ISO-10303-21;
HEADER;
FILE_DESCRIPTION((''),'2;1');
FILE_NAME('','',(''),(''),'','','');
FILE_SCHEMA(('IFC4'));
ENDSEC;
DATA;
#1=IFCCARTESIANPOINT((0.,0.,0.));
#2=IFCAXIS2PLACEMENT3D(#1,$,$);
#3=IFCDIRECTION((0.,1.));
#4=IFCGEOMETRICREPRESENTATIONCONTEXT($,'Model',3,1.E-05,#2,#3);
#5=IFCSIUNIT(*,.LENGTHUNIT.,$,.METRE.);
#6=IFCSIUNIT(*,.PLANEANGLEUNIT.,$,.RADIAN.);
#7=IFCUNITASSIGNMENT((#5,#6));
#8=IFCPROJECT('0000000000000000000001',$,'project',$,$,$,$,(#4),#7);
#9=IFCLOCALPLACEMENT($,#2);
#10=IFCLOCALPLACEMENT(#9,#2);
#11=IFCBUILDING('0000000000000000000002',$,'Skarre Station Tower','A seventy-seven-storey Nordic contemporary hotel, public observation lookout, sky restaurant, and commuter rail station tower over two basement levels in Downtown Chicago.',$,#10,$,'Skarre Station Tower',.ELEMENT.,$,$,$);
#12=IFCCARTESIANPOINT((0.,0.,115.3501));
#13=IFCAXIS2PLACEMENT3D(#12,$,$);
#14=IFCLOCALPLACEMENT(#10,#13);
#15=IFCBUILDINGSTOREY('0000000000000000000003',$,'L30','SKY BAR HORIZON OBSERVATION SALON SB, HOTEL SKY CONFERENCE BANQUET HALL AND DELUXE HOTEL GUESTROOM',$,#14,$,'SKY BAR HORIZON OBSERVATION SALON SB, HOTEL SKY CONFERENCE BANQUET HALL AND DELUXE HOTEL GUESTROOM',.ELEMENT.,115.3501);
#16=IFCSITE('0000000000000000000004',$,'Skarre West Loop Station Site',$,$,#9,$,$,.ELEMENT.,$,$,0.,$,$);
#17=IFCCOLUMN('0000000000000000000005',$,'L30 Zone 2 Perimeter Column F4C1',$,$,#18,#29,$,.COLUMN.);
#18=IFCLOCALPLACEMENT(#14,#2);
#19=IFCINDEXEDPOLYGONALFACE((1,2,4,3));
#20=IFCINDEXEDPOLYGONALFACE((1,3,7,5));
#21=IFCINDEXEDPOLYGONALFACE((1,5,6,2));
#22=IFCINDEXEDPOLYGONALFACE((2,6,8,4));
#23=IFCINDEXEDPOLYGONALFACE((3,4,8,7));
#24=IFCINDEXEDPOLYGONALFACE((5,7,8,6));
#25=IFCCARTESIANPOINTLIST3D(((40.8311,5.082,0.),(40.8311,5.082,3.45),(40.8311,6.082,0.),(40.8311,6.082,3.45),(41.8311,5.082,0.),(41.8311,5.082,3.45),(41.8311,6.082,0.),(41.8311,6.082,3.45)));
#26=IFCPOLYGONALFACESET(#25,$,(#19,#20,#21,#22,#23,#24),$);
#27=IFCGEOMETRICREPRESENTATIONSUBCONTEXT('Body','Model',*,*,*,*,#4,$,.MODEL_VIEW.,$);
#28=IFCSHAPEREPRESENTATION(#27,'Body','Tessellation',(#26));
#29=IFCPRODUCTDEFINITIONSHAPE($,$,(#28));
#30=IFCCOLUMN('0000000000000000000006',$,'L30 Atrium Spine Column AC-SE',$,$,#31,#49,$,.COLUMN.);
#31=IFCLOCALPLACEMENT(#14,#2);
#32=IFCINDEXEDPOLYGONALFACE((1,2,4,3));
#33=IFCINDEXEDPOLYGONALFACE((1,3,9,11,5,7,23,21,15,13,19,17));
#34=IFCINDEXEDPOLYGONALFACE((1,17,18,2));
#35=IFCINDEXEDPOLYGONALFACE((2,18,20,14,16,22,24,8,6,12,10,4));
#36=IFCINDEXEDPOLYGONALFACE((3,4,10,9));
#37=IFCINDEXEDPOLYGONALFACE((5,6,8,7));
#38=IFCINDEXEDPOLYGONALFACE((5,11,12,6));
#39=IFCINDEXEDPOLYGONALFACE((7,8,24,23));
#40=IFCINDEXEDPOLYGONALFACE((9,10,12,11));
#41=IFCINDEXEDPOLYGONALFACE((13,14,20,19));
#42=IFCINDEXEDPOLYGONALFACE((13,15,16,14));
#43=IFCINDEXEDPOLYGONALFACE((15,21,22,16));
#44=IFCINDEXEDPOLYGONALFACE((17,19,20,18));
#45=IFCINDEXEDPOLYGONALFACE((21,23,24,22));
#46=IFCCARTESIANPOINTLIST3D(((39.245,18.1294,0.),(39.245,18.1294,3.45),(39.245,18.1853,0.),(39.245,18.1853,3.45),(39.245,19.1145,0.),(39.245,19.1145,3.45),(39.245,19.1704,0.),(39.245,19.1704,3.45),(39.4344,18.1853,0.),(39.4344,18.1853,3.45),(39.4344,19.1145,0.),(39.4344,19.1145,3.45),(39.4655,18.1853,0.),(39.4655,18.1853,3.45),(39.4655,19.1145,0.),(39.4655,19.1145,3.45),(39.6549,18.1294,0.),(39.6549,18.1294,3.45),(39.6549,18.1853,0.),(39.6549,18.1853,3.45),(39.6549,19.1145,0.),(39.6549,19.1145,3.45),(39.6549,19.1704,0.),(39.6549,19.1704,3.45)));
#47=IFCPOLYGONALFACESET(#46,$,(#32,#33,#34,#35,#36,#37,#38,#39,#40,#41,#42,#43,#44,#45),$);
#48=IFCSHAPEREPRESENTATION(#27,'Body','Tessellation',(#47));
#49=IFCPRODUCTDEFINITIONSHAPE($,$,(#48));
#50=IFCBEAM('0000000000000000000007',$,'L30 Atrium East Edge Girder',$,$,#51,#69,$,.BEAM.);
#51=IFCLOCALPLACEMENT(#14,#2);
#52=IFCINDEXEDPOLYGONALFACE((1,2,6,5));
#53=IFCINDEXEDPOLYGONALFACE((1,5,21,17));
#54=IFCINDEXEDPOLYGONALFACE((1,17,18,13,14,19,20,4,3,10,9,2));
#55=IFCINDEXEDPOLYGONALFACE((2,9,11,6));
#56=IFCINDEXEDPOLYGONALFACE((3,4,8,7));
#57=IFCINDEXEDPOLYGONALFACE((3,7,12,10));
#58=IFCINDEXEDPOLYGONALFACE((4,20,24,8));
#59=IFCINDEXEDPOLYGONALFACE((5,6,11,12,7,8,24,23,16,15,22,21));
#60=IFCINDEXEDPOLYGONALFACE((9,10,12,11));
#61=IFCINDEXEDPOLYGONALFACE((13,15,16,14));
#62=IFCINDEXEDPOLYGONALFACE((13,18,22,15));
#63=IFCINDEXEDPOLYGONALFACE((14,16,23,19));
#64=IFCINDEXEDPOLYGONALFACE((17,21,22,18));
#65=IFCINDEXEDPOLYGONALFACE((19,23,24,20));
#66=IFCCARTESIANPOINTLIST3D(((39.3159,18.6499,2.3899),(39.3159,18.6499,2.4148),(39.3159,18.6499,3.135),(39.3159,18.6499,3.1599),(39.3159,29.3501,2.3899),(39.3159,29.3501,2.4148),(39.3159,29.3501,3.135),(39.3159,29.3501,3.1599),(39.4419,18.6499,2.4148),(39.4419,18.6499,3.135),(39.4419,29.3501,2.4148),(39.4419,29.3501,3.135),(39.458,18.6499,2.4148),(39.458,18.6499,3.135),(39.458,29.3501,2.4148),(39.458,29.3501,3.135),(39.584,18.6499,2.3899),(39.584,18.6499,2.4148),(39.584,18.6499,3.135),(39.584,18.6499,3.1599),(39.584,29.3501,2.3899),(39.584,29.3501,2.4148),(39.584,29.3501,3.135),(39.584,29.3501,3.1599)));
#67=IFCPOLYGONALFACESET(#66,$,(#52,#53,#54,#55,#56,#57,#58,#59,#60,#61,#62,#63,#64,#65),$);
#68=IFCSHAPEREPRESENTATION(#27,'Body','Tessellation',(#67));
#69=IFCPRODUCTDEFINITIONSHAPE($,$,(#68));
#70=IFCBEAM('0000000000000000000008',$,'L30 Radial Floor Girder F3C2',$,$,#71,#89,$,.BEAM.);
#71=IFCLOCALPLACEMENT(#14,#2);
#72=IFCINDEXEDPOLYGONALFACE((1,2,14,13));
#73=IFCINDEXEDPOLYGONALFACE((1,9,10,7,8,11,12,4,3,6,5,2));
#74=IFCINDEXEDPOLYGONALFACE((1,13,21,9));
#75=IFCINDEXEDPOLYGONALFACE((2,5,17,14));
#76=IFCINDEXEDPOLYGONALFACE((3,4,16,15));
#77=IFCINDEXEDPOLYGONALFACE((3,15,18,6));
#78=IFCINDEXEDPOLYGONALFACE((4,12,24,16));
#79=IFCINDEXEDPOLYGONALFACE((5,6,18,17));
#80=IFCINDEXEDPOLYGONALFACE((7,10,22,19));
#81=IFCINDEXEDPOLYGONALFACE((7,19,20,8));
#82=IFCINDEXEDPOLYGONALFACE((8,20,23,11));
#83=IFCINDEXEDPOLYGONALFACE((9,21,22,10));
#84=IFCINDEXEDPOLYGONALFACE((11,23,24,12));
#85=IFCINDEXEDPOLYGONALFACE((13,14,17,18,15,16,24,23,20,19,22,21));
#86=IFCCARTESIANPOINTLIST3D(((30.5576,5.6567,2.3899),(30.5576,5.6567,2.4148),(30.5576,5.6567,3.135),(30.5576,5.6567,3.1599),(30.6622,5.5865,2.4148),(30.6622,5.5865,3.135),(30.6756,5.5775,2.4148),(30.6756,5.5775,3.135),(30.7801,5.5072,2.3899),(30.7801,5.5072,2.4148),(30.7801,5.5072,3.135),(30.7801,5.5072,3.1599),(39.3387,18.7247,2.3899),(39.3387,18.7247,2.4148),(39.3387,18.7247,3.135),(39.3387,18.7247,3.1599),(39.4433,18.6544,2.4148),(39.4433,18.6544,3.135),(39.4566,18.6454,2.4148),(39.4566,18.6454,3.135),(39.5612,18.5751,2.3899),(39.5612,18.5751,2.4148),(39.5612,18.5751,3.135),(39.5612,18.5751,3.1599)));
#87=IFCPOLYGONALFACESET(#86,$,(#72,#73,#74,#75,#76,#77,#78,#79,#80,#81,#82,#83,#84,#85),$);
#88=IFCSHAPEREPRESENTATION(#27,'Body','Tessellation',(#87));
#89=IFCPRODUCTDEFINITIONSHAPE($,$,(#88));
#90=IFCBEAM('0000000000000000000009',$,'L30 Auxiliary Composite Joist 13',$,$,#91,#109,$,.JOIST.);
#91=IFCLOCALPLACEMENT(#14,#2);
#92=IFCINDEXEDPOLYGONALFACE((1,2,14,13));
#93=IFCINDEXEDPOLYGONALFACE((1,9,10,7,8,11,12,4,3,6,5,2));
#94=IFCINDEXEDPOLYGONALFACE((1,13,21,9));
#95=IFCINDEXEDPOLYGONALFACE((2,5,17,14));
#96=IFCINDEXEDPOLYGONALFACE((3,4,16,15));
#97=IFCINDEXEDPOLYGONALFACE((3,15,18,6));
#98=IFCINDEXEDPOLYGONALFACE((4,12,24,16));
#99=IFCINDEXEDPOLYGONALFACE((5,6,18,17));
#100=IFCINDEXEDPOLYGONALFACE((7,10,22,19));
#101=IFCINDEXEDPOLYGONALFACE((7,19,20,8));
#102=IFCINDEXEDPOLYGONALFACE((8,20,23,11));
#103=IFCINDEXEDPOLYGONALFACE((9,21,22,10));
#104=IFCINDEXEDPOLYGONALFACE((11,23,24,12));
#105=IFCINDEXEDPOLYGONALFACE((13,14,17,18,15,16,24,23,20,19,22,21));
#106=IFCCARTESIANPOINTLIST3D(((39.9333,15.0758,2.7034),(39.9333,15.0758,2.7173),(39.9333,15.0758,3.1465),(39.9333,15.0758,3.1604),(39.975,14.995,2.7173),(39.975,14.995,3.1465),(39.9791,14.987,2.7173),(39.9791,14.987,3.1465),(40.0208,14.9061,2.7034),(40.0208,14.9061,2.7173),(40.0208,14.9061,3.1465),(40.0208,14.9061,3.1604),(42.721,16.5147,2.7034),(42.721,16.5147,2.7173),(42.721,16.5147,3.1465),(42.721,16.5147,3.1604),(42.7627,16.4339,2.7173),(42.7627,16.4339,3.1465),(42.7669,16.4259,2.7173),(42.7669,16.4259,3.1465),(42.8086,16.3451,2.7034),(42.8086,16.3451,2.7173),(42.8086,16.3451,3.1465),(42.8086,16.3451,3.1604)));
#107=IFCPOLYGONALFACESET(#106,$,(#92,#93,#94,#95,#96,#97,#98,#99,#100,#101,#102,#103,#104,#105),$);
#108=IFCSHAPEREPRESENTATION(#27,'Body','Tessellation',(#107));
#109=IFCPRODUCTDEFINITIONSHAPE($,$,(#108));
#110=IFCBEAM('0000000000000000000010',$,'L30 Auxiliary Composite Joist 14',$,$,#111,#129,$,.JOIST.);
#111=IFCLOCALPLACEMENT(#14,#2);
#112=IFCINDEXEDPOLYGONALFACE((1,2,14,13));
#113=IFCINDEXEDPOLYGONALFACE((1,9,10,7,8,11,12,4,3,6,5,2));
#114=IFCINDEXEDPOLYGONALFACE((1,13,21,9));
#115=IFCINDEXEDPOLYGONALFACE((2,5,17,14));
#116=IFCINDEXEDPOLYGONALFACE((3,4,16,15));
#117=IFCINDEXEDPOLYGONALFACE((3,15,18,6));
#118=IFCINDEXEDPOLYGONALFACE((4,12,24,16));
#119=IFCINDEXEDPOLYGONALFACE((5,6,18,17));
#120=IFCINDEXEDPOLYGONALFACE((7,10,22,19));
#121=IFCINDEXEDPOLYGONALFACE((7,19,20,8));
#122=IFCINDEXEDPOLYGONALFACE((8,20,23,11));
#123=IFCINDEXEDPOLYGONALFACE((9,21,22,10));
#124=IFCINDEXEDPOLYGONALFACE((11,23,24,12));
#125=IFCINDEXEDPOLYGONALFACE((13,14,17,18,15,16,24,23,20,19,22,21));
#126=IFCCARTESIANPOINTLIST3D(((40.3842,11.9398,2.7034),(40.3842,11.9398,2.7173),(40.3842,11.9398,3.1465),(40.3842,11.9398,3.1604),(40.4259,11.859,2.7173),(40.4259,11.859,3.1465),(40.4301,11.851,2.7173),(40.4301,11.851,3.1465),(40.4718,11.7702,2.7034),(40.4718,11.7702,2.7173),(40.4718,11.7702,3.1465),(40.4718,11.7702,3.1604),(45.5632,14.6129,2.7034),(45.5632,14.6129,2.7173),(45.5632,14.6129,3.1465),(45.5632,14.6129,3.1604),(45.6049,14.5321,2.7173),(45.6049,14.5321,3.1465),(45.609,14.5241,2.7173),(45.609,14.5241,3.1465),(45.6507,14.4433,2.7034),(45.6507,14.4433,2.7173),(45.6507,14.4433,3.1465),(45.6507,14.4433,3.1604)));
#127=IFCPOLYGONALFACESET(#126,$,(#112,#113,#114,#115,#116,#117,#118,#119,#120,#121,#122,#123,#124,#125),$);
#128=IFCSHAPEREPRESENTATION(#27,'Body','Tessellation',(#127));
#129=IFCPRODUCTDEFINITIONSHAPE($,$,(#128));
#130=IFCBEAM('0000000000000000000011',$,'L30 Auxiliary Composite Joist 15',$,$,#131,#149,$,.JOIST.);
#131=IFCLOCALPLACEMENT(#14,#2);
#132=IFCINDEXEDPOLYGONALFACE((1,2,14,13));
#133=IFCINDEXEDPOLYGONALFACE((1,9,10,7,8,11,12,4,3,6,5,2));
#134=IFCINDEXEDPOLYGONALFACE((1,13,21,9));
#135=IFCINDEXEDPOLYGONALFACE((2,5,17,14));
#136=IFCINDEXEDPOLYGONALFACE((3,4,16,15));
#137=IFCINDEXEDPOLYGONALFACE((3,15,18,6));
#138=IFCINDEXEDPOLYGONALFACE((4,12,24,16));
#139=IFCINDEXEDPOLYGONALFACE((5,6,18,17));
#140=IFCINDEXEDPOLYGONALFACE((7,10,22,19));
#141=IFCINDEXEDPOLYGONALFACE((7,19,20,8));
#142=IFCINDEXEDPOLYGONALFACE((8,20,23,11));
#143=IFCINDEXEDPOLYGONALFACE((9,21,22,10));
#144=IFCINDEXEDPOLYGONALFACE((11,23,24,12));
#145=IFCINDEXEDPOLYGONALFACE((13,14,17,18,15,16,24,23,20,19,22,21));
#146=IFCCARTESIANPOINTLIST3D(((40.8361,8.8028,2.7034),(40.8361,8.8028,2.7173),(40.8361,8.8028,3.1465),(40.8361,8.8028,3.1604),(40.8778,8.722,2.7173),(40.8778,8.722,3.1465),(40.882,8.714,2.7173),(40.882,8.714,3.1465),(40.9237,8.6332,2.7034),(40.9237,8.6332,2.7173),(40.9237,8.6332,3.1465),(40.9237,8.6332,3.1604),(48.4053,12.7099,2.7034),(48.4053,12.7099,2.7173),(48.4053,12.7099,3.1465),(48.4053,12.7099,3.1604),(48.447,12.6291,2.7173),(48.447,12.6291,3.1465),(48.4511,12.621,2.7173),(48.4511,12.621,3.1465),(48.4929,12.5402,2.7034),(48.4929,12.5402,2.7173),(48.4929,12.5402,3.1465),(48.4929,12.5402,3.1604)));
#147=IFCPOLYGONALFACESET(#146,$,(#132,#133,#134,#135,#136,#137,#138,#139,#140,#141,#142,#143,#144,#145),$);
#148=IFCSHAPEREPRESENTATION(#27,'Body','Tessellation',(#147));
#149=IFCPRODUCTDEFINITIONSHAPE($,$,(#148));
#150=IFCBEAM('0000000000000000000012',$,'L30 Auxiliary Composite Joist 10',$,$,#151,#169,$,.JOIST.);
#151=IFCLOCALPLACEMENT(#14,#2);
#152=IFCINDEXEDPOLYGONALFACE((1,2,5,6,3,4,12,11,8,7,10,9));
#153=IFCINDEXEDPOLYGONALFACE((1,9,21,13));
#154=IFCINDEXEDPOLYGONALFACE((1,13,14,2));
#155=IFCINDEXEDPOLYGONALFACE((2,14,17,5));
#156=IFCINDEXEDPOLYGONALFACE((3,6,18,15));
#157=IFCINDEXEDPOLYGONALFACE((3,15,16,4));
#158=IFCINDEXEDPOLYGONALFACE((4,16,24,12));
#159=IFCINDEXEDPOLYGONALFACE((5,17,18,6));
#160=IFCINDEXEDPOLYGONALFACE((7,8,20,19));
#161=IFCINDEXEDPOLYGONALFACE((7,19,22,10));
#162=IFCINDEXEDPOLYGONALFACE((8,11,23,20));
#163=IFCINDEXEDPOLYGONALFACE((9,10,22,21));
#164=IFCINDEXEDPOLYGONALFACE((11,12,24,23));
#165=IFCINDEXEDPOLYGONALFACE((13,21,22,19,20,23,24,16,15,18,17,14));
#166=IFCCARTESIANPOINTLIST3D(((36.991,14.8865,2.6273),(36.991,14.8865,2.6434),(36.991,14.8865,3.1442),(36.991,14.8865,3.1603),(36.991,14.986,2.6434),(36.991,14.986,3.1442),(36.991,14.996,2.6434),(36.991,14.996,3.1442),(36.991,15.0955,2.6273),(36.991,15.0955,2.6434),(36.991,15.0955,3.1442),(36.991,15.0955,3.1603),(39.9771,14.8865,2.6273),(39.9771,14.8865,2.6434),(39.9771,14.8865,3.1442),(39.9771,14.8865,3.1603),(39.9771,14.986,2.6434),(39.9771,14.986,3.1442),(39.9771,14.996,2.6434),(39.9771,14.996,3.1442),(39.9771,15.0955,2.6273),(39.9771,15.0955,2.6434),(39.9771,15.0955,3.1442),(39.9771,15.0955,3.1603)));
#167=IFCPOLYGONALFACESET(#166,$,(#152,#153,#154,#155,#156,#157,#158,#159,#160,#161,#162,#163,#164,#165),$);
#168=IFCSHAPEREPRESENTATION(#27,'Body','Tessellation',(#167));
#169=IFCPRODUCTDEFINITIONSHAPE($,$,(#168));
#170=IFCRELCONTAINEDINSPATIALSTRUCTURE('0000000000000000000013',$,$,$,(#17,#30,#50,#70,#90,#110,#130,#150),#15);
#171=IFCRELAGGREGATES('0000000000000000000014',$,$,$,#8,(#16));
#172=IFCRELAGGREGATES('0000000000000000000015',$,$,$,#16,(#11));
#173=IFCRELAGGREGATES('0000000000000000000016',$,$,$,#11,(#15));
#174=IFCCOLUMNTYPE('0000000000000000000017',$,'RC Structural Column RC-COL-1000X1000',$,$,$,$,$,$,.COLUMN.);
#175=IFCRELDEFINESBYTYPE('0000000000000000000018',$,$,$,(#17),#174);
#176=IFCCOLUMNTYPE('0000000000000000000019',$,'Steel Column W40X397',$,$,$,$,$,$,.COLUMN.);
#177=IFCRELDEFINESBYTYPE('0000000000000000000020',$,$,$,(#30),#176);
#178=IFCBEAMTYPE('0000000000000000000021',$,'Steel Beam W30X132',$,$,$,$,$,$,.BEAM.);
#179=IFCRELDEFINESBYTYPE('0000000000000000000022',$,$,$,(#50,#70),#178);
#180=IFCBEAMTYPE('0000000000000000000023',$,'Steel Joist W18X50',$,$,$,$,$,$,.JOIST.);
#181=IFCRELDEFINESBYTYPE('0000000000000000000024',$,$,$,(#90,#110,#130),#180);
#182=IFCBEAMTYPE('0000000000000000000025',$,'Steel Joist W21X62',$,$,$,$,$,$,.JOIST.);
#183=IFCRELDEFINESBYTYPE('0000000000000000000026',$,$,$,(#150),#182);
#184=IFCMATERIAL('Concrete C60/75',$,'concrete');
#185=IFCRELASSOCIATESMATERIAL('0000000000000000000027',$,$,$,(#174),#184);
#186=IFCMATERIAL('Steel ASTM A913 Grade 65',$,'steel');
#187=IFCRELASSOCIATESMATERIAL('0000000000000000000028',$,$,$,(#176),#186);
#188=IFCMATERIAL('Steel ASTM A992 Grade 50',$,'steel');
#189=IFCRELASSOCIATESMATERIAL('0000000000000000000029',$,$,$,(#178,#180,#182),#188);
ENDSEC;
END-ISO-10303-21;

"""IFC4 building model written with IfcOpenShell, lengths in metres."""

from ifc_helpers import new_model, si_unit, direction, frame, origin, origin_2d, place, context, subcontext, project, spatial, rectangle, i_section, extrude, material, material_profile, profile_set, type_object, element, save


model = new_model("IFC4")

# Units and contexts
model_context = context("Model", 3, precision=1e-05, world=origin(), true_north=direction((0.0, 1.0)))
body_context = subcontext(model_context, "Body", "Model", "MODEL_VIEW")
ifc_project = project(units=[si_unit("LENGTHUNIT", "METRE"), si_unit("PLANEANGLEUNIT", "RADIAN")], contexts=[model_context])

# Site, building, storey
site_placement = place(None, origin())
site = spatial("IfcSite", under=ifc_project, at=site_placement, Name="Skarre West Loop Station Site", CompositionType="ELEMENT", RefElevation=0.0)
building_placement = place(site_placement, origin())
building = spatial("IfcBuilding", under=site, at=building_placement, Name="Skarre Station Tower", Description="A seventy-seven-storey Nordic contemporary hotel, public observation lookout, sky restaurant, and commuter rail station tower over two basement levels in Downtown Chicago.", LongName="Skarre Station Tower", CompositionType="ELEMENT")
storey_placement = place(building_placement, frame((0.0, 0.0, 115.3501)))
storey = spatial("IfcBuildingStorey", under=building, at=storey_placement, Name="L30", Description="SKY BAR HORIZON OBSERVATION SALON SB, HOTEL SKY CONFERENCE BANQUET HALL AND DELUXE HOTEL GUESTROOM", LongName="SKY BAR HORIZON OBSERVATION SALON SB, HOTEL SKY CONFERENCE BANQUET HALL AND DELUXE HOTEL GUESTROOM", CompositionType="ELEMENT", Elevation=115.3501)

# Columns
ifc_material_1 = material(Name="Concrete C60/75", Category="concrete")
ifc_material_profile_1 = material_profile(ifc_material_1, rectangle(XDim=1.0, YDim=1.0, at=origin_2d()), Name="Concrete C60/75")
ifc_profile_set_1 = profile_set([ifc_material_profile_1], Name="Concrete C60/75")
column_type_1 = type_object("IfcColumnType", Name="RC Structural Column RC-COL-1000X1000", PredefinedType="COLUMN", material=ifc_profile_set_1)
column_1_placement = place(storey_placement, frame((41.3311, 5.582, 0.0), z_axis=(0.0, 0.0, 1.0), x_axis=(1.0, 0.0, 0.0)))
element("IfcColumn", 1, at=column_1_placement, inside=storey, type_object=column_type_1, Name="L30 Zone 2 Perimeter Column F4C1", PredefinedType="COLUMN", context=body_context, shape_type="SweptSolid", body=[
    extrude(rectangle(XDim=1.0, YDim=1.0, at=origin_2d()), origin(), (0.0, 0.0, 1.0), 3.45),
])
ifc_material_2 = material(Name="Steel ASTM A913 Grade 65", Category="steel")
ifc_material_profile_2 = material_profile(ifc_material_2, i_section(OverallWidth=0.4099, OverallDepth=1.041, WebThickness=0.031, FlangeThickness=0.0559, at=origin_2d()), Name="Steel ASTM A913 Grade 65")
ifc_profile_set_2 = profile_set([ifc_material_profile_2], Name="Steel ASTM A913 Grade 65")
column_type_2 = type_object("IfcColumnType", Name="Steel Column W40X397", PredefinedType="COLUMN", material=ifc_profile_set_2)
column_2_placement = place(storey_placement, frame((39.45, 18.6499, 0.0), z_axis=(0.0, 0.0, 1.0), x_axis=(1.0, 0.0, 0.0)))
element("IfcColumn", 2, at=column_2_placement, inside=storey, type_object=column_type_2, Name="L30 Atrium Spine Column AC-SE", PredefinedType="COLUMN", context=body_context, shape_type="SweptSolid", body=[
    extrude(i_section(OverallWidth=0.4099, OverallDepth=1.041, WebThickness=0.031, FlangeThickness=0.0559, at=origin_2d()), origin(), (0.0, 0.0, 1.0), 3.45),
])

# Beams
ifc_material_3 = material(Name="Steel ASTM A992 Grade 50", Category="steel")
ifc_material_profile_3 = material_profile(ifc_material_3, i_section(OverallWidth=0.2681, OverallDepth=0.77, WebThickness=0.0161, FlangeThickness=0.0249, at=origin_2d()), Name="Steel ASTM A992 Grade 50")
ifc_profile_set_3 = profile_set([ifc_material_profile_3], Name="Steel ASTM A992 Grade 50")
beam_type_1 = type_object("IfcBeamType", Name="Steel Beam W30X132", PredefinedType="BEAM", material=ifc_profile_set_3)
beam_1_placement = place(storey_placement, frame((39.45, 18.6499, 2.7749), z_axis=(0.0, 1.0, 0.0), x_axis=(-1.0, 0.0, 0.0)))
element("IfcBeam", 3, at=beam_1_placement, inside=storey, type_object=beam_type_1, Name="L30 Atrium East Edge Girder", PredefinedType="BEAM", context=body_context, shape_type="SweptSolid", body=[
    extrude(i_section(OverallWidth=0.2681, OverallDepth=0.77, WebThickness=0.0161, FlangeThickness=0.0249, at=origin_2d()), origin(), (0.0, 0.0, 1.0), 10.7002),
])
beam_2_placement = place(storey_placement, frame((39.45, 18.6499, 2.7749), z_axis=(-0.557735, -0.830019, 0.0), x_axis=(0.830019, -0.557735, 0.0)))
element("IfcBeam", 4, at=beam_2_placement, inside=storey, type_object=beam_type_1, Name="L30 Radial Floor Girder F3C2", PredefinedType="BEAM", context=body_context, shape_type="SweptSolid", body=[
    extrude(i_section(OverallWidth=0.2681, OverallDepth=0.77, WebThickness=0.0161, FlangeThickness=0.0249, at=origin_2d()), origin(), (0.0, 0.0, 1.0), 15.7441),
])
ifc_material_profile_4 = material_profile(ifc_material_3, i_section(OverallWidth=0.1909, OverallDepth=0.457, WebThickness=0.009, FlangeThickness=0.0139, at=origin_2d()), Name="Steel ASTM A992 Grade 50")
ifc_profile_set_4 = profile_set([ifc_material_profile_4], Name="Steel ASTM A992 Grade 50")
beam_type_2 = type_object("IfcBeamType", Name="Steel Joist W18X50", PredefinedType="JOIST", material=ifc_profile_set_4)
beam_3_placement = place(storey_placement, frame((39.9771, 14.991, 2.9319), z_axis=(0.88861, 0.458663, 0.0), x_axis=(-0.458663, 0.88861, 0.0)))
element("IfcBeam", 5, at=beam_3_placement, inside=storey, type_object=beam_type_2, Name="L30 Auxiliary Composite Joist 13", PredefinedType="JOIST", context=body_context, shape_type="SweptSolid", body=[
    extrude(i_section(OverallWidth=0.1909, OverallDepth=0.457, WebThickness=0.009, FlangeThickness=0.0139, at=origin_2d()), origin(), (0.0, 0.0, 1.0), 3.1372),
])
beam_4_placement = place(storey_placement, frame((40.428, 11.855, 2.9319), z_axis=(0.888615, 0.458655, 0.0), x_axis=(-0.458655, 0.888615, 0.0)))
element("IfcBeam", 6, at=beam_4_placement, inside=storey, type_object=beam_type_2, Name="L30 Auxiliary Composite Joist 14", PredefinedType="JOIST", context=body_context, shape_type="SweptSolid", body=[
    extrude(i_section(OverallWidth=0.1909, OverallDepth=0.457, WebThickness=0.009, FlangeThickness=0.0139, at=origin_2d()), origin(), (0.0, 0.0, 1.0), 5.8281),
])
beam_5_placement = place(storey_placement, frame((40.8799, 8.718, 2.9319), z_axis=(0.888604, 0.458676, 0.0), x_axis=(-0.458676, 0.888604, 0.0)))
element("IfcBeam", 7, at=beam_5_placement, inside=storey, type_object=beam_type_2, Name="L30 Auxiliary Composite Joist 15", PredefinedType="JOIST", context=body_context, shape_type="SweptSolid", body=[
    extrude(i_section(OverallWidth=0.1909, OverallDepth=0.457, WebThickness=0.009, FlangeThickness=0.0139, at=origin_2d()), origin(), (0.0, 0.0, 1.0), 8.5181),
])
ifc_material_profile_5 = material_profile(ifc_material_3, i_section(OverallWidth=0.209, OverallDepth=0.533, WebThickness=0.01, FlangeThickness=0.0161, at=origin_2d()), Name="Steel ASTM A992 Grade 50")
ifc_profile_set_5 = profile_set([ifc_material_profile_5], Name="Steel ASTM A992 Grade 50")
beam_type_3 = type_object("IfcBeamType", Name="Steel Joist W21X62", PredefinedType="JOIST", material=ifc_profile_set_5)
beam_6_placement = place(storey_placement, frame((36.991, 14.991, 2.8938), z_axis=(1.0, 0.0, 0.0), x_axis=(0.0, 1.0, 0.0)))
element("IfcBeam", 8, at=beam_6_placement, inside=storey, type_object=beam_type_3, Name="L30 Auxiliary Composite Joist 10", PredefinedType="JOIST", context=body_context, shape_type="SweptSolid", body=[
    extrude(i_section(OverallWidth=0.209, OverallDepth=0.533, WebThickness=0.01, FlangeThickness=0.0161, at=origin_2d()), origin(), (0.0, 0.0, 1.0), 2.9861),
])

save(model, "model.ifc")
